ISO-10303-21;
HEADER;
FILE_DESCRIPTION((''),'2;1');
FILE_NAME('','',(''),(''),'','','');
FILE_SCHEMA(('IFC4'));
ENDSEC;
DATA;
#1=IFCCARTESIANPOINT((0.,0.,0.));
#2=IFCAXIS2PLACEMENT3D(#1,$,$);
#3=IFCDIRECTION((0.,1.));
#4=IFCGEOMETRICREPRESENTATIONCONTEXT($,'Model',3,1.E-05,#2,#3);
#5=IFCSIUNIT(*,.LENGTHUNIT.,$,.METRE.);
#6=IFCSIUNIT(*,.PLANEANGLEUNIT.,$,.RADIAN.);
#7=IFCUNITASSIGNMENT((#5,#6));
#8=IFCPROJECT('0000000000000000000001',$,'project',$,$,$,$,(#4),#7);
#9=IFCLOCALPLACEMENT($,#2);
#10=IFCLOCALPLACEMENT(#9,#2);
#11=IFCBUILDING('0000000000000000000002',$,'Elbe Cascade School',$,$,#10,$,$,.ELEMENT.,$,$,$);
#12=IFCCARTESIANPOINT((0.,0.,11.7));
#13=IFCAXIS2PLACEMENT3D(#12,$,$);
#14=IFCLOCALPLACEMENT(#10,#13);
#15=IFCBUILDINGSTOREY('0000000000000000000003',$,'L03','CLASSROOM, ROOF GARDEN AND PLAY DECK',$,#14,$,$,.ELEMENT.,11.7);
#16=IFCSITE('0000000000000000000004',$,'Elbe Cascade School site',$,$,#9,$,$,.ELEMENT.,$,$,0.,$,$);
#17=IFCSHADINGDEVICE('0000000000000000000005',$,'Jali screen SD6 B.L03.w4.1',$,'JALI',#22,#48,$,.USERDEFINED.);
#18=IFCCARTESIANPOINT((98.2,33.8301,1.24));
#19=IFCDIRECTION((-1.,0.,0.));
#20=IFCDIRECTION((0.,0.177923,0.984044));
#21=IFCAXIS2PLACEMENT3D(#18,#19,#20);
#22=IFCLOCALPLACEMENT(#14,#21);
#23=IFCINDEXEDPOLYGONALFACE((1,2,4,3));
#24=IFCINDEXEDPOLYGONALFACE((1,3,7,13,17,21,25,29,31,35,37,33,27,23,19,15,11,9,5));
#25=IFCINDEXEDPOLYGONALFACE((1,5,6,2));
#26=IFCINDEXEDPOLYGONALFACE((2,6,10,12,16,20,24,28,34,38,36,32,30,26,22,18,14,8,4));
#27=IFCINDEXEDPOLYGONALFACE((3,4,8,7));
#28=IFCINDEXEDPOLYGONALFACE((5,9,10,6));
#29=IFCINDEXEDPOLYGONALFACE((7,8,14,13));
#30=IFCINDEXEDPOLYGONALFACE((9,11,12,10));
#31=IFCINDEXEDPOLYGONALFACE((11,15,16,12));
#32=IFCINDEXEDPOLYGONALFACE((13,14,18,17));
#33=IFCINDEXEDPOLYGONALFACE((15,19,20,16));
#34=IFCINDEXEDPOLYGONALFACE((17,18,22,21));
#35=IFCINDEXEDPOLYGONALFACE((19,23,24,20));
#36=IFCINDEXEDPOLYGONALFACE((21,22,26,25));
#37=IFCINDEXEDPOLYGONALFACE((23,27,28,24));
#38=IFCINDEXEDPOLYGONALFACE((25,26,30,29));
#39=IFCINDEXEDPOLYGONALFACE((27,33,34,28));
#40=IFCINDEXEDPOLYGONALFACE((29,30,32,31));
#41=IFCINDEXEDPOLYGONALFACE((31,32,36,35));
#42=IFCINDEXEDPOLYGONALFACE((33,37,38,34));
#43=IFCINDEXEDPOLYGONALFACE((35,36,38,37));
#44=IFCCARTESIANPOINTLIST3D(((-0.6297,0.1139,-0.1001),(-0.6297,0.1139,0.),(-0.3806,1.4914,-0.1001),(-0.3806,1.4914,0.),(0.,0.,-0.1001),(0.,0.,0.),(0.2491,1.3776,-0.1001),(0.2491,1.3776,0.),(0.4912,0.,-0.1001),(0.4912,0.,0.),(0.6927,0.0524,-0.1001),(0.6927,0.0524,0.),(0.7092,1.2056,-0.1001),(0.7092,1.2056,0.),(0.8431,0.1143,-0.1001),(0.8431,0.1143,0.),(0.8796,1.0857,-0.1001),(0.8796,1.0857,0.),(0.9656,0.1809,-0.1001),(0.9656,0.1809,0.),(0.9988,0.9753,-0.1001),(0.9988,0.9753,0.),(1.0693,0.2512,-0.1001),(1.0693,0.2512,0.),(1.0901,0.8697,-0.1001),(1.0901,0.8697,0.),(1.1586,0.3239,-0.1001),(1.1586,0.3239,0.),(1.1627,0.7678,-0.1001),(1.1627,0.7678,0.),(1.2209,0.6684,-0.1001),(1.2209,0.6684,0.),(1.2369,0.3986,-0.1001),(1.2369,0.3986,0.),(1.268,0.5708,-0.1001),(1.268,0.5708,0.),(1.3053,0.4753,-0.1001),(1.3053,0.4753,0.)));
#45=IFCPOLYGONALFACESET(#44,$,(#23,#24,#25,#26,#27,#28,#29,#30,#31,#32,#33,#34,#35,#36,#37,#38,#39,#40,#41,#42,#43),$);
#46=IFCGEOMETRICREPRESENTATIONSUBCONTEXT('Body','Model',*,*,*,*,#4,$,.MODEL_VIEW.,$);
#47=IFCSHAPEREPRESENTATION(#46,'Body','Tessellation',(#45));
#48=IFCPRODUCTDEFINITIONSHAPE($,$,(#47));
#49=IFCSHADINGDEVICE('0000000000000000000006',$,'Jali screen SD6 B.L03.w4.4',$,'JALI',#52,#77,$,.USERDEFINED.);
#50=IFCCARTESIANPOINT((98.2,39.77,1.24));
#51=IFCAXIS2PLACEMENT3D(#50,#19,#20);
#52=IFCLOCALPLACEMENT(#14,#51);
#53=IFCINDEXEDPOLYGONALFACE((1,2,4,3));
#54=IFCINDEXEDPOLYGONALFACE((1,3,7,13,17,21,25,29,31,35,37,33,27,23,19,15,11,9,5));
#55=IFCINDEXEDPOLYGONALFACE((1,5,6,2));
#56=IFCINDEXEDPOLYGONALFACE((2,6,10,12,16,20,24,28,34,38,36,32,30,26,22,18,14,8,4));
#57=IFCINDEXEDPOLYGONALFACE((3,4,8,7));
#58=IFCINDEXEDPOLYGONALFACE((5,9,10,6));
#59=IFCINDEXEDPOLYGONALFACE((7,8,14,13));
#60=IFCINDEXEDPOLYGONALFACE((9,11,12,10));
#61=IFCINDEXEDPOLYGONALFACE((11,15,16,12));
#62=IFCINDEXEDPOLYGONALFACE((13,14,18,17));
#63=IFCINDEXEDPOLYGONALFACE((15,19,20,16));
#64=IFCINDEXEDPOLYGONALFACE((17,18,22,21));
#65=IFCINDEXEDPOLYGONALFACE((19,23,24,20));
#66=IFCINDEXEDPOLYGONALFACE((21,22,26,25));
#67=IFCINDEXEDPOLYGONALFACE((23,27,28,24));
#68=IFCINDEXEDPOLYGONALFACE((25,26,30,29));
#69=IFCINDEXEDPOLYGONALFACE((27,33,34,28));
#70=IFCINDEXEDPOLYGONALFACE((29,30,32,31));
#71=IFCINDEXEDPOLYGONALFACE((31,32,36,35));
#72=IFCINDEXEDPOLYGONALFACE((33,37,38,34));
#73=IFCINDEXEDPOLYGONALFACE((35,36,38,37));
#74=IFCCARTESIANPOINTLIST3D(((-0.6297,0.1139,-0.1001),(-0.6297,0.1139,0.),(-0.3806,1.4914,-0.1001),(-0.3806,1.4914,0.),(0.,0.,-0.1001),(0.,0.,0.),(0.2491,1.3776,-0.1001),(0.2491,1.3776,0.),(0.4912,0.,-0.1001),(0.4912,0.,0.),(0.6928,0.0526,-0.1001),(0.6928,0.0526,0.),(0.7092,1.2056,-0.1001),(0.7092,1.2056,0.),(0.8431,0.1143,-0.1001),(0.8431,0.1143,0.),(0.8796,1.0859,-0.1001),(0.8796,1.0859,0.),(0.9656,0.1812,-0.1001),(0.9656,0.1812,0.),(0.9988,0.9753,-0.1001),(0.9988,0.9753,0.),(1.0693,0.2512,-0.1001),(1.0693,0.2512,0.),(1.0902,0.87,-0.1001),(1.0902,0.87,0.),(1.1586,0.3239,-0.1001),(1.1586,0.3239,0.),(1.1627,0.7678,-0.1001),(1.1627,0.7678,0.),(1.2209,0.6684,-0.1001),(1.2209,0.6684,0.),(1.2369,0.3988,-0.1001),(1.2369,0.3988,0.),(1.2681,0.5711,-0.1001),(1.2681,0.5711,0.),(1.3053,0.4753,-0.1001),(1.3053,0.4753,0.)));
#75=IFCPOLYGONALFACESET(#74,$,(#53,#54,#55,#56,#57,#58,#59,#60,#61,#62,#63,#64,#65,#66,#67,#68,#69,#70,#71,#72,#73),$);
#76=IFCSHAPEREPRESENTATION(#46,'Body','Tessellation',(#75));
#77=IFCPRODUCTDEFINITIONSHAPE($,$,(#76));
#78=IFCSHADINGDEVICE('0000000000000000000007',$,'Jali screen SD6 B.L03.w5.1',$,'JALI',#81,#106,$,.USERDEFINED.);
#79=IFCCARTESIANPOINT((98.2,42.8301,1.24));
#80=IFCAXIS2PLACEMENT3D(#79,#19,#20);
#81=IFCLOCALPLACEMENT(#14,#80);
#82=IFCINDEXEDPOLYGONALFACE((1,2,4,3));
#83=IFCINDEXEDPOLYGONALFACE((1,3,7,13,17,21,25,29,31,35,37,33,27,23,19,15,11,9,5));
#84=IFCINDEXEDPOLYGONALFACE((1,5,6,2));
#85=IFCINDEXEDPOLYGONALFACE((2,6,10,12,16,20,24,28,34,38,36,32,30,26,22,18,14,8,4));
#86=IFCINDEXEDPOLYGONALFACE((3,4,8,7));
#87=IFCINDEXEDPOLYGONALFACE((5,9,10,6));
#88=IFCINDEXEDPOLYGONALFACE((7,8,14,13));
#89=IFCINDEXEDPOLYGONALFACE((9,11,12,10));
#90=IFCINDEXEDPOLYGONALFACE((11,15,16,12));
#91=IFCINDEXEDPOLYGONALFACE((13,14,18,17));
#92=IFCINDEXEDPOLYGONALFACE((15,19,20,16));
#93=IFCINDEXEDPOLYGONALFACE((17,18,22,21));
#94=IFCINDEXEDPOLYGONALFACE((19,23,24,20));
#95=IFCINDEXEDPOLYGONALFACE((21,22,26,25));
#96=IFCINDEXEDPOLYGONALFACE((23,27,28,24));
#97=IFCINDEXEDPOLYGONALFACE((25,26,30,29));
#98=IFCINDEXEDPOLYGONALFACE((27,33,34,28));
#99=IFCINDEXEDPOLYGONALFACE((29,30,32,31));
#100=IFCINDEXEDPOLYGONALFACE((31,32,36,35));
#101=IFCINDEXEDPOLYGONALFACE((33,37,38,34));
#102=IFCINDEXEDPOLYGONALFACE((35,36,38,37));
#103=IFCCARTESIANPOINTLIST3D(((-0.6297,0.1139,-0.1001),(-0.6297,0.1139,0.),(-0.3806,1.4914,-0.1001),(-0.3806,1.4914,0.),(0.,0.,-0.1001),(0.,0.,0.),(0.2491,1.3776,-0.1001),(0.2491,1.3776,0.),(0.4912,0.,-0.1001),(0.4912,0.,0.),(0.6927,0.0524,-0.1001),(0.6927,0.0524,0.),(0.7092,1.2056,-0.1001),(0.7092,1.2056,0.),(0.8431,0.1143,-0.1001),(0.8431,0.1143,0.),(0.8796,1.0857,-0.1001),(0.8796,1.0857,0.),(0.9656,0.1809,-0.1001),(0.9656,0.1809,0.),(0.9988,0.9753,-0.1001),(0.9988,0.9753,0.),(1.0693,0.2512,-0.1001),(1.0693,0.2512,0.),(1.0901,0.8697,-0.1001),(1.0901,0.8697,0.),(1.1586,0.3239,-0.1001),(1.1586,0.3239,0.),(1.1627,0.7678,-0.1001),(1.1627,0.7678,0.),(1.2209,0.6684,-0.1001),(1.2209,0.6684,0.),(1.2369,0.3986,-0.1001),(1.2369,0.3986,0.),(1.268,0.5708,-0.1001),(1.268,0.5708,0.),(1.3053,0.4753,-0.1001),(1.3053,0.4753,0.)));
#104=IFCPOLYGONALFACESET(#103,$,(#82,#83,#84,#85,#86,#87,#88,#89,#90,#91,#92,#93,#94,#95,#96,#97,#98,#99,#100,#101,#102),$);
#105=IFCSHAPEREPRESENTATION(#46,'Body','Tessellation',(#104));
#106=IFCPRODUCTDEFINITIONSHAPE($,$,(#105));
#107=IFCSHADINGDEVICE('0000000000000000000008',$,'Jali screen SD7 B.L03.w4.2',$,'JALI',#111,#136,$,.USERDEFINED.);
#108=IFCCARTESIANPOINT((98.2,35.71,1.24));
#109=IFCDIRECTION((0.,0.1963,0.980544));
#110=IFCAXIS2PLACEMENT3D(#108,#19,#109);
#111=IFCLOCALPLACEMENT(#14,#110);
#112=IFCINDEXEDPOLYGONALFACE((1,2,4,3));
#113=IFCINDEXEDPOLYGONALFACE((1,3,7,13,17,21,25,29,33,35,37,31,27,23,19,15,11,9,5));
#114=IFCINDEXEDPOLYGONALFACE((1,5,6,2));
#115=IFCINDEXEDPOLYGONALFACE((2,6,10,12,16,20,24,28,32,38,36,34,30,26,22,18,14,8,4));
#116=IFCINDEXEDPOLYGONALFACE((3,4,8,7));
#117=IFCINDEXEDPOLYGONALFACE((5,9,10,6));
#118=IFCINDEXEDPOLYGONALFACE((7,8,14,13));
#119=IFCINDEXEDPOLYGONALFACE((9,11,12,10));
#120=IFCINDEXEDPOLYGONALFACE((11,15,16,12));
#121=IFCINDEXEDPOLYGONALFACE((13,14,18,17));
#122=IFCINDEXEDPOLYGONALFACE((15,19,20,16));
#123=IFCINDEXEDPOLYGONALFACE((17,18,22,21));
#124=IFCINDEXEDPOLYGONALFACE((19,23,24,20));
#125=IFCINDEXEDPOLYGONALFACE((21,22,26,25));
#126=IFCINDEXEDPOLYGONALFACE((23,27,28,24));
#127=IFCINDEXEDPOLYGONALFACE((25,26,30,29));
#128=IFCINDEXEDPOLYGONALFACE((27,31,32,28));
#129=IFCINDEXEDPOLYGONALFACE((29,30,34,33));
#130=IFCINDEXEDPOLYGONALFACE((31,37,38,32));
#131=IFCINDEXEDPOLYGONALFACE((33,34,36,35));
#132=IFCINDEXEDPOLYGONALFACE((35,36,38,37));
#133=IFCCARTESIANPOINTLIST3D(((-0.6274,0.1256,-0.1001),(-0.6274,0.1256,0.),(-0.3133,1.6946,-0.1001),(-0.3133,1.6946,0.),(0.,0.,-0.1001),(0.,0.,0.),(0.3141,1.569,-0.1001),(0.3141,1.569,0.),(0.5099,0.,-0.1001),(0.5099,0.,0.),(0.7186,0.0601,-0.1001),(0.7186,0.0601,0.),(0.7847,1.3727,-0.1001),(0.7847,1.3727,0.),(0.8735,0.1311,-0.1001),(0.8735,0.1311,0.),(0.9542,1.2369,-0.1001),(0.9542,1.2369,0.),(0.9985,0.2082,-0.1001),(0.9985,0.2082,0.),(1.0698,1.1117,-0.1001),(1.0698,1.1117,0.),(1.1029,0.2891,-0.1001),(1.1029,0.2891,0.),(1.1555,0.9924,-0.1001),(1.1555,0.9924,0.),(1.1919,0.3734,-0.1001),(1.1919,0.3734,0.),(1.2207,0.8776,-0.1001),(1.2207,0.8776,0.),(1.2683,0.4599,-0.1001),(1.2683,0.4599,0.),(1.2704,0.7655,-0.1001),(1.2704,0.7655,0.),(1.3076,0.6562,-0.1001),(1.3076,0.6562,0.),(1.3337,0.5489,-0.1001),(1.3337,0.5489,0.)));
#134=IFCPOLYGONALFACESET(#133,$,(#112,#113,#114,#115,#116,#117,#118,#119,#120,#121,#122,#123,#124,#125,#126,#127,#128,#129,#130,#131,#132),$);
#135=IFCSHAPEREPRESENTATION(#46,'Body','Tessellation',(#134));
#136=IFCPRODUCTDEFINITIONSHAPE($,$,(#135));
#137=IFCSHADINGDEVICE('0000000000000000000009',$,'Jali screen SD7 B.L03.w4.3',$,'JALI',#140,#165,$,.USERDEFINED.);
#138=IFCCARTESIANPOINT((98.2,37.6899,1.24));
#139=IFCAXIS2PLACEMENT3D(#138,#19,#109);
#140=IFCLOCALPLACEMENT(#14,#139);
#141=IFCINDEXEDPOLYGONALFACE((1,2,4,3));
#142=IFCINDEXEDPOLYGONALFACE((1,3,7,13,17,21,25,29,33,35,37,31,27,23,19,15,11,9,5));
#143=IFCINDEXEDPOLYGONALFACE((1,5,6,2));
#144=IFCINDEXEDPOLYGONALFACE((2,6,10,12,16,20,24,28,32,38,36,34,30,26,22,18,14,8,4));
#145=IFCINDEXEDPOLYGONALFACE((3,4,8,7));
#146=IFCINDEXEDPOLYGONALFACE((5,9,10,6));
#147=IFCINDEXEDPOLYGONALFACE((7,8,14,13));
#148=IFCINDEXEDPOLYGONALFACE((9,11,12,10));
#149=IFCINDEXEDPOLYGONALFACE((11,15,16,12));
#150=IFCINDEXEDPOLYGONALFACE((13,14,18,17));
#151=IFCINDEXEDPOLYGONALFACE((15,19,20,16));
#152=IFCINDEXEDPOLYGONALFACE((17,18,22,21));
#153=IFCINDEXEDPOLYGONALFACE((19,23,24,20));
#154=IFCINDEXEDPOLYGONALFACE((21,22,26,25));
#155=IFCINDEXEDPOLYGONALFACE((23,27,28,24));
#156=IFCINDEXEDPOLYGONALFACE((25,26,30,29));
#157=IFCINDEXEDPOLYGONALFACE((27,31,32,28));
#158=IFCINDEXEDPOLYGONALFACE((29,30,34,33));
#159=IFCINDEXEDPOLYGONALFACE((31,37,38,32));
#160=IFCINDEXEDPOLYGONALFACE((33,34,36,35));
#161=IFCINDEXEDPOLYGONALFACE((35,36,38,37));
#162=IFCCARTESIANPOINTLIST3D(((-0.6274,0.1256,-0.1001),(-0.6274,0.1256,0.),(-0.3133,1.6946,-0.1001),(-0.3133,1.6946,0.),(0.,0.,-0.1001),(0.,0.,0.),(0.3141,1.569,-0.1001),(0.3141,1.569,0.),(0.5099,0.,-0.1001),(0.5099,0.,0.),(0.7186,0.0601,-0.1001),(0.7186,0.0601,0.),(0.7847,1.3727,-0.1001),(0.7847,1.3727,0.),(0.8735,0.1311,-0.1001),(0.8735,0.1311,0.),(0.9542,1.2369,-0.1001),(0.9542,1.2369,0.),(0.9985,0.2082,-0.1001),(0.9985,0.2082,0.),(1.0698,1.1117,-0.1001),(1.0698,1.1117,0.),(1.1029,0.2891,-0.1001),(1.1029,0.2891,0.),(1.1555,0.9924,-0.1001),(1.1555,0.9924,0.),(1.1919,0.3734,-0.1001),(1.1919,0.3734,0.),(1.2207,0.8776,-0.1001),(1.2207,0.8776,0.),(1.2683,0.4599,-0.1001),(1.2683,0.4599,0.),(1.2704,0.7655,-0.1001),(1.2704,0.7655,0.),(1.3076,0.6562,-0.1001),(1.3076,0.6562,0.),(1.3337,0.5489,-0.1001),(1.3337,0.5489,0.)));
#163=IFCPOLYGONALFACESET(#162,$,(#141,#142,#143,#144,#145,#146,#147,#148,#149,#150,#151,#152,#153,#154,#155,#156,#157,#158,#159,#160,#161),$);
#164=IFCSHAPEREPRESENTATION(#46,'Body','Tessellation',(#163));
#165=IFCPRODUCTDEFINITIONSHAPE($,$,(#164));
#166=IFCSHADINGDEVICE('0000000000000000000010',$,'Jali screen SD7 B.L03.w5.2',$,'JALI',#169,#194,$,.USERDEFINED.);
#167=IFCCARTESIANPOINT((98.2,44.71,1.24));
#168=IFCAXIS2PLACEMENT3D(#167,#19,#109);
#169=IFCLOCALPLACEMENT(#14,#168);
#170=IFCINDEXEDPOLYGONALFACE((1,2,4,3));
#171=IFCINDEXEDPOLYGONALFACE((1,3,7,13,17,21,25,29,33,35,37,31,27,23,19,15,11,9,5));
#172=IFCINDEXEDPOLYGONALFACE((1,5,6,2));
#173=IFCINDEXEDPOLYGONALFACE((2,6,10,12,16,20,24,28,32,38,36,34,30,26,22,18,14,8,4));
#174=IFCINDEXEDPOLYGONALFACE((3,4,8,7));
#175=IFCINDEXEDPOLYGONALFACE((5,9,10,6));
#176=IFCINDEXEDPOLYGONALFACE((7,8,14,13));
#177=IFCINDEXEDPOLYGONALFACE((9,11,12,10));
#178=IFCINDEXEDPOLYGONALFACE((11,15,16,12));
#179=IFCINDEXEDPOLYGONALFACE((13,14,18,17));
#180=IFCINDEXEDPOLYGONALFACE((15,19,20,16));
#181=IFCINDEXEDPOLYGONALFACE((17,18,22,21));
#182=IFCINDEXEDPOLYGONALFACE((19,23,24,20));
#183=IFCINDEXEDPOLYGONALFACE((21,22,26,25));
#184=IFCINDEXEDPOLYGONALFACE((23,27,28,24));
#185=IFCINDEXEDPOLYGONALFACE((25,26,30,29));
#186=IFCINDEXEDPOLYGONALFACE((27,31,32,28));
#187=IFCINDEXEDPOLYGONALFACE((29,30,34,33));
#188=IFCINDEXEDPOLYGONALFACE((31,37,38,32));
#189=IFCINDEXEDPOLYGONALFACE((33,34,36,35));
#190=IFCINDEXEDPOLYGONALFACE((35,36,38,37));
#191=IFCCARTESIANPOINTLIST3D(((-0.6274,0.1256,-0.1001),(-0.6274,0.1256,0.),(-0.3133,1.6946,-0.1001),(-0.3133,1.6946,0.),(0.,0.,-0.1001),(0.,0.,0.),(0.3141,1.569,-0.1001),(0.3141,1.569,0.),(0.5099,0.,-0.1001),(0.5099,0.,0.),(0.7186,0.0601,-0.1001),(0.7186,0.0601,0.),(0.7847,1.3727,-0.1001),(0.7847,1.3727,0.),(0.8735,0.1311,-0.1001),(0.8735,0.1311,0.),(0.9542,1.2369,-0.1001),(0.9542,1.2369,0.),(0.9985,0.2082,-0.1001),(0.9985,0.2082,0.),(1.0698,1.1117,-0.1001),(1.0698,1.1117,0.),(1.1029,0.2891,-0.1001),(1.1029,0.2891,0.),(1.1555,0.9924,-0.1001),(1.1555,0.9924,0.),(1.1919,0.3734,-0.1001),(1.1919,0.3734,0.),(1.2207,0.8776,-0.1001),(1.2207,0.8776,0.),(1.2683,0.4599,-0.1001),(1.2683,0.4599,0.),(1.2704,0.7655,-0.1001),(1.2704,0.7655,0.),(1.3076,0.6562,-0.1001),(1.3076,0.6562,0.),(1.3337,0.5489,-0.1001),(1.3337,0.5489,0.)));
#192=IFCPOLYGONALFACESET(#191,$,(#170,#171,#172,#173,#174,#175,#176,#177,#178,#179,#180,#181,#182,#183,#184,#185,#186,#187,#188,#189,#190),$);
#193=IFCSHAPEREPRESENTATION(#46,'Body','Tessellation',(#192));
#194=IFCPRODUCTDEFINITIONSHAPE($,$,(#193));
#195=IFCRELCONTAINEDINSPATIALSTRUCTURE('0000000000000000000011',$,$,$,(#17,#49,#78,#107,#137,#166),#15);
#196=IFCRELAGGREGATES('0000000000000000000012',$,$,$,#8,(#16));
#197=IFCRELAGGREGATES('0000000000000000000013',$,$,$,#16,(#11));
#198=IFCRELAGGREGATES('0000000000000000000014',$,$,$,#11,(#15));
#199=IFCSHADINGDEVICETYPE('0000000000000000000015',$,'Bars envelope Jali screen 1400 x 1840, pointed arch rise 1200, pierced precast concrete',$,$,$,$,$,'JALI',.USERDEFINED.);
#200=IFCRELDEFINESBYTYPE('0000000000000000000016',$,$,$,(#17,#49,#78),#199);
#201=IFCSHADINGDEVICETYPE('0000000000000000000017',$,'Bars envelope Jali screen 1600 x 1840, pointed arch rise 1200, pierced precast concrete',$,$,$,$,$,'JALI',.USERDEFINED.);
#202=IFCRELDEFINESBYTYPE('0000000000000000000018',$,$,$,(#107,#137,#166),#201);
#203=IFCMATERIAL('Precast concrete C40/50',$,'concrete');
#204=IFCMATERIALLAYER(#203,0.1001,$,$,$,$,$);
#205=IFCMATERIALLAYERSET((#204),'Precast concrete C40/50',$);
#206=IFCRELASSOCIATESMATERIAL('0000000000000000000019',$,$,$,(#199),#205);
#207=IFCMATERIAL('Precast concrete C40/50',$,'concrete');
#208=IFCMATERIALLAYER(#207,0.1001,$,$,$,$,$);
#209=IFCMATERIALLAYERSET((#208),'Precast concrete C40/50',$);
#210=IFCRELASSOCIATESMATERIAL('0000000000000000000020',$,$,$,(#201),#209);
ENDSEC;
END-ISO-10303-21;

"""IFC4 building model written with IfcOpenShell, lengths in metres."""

from ifc_helpers import new_model, si_unit, direction, frame, origin, place, context, subcontext, project, spatial, polyline, outline, extrude, material, layer, layer_set, type_object, element, save


model = new_model("IFC4")

# Units and contexts
model_context = context("Model", 3, precision=1e-05, world=origin(), true_north=direction((0.0, 1.0)))
body_context = subcontext(model_context, "Body", "Model", "MODEL_VIEW")
ifc_project = project(units=[si_unit("LENGTHUNIT", "METRE"), si_unit("PLANEANGLEUNIT", "RADIAN")], contexts=[model_context])

# Site, building, storey
site_placement = place(None, origin())
site = spatial("IfcSite", under=ifc_project, at=site_placement, Name="Elbe Cascade School site", CompositionType="ELEMENT", RefElevation=0.0)
building_placement = place(site_placement, origin())
building = spatial("IfcBuilding", under=site, at=building_placement, Name="Elbe Cascade School", CompositionType="ELEMENT")
storey_placement = place(building_placement, frame((0.0, 0.0, 11.7)))
storey = spatial("IfcBuildingStorey", under=building, at=storey_placement, Name="L03", Description="CLASSROOM, ROOF GARDEN AND PLAY DECK", CompositionType="ELEMENT", Elevation=11.7)

# Shading devices
ifc_material_1 = material(Name="Precast concrete C40/50", Category="concrete")
ifc_layer_1 = layer(ifc_material_1, 0.1001)
ifc_layer_set_1 = layer_set([ifc_layer_1], Name="Precast concrete C40/50")
shading_device_type_1 = type_object("IfcShadingDeviceType", Name="Bars envelope Jali screen 1400 x 1840, pointed arch rise 1200, pierced precast concrete", ElementType="JALI", PredefinedType="USERDEFINED", material=ifc_layer_set_1)
shading_device_1_placement = place(storey_placement, frame((98.2, 33.8301, 1.24), z_axis=(-1.0, 0.0, 0.0), x_axis=(0.0, 0.177923, 0.984044)))
element("IfcShadingDevice", 1, at=shading_device_1_placement, inside=storey, type_object=shading_device_type_1, Name="Jali screen SD6 B.L03.w4.1", ObjectType="JALI", PredefinedType="USERDEFINED", context=body_context, shape_type="SweptSolid", body=[
    extrude(outline(polyline([(0.0, 0.0), (0.4912, 0.0), (0.6927, 0.0524), (0.8431, 0.1143), (0.9656, 0.1809), (1.0693, 0.2512), (1.1586, 0.3239), (1.2369, 0.3986), (1.3053, 0.4753), (1.268, 0.5708), (1.2209, 0.6684), (1.1627, 0.7678), (1.0901, 0.8697), (0.9988, 0.9753), (0.8796, 1.0857), (0.7092, 1.2056), (0.2491, 1.3776), (-0.3806, 1.4914), (-0.6297, 0.1139), (0.0, 0.0)])), origin(), (0.0, 0.0, -1.0), 0.1001),
])
shading_device_2_placement = place(storey_placement, frame((98.2, 39.77, 1.24), z_axis=(-1.0, 0.0, 0.0), x_axis=(0.0, 0.177923, 0.984044)))
element("IfcShadingDevice", 2, at=shading_device_2_placement, inside=storey, type_object=shading_device_type_1, Name="Jali screen SD6 B.L03.w4.4", ObjectType="JALI", PredefinedType="USERDEFINED", context=body_context, shape_type="SweptSolid", body=[
    extrude(outline(polyline([(0.0, 0.0), (0.4912, 0.0), (0.6928, 0.0526), (0.8431, 0.1143), (0.9656, 0.1812), (1.0693, 0.2512), (1.1586, 0.3239), (1.2369, 0.3988), (1.3053, 0.4753), (1.2681, 0.5711), (1.2209, 0.6684), (1.1627, 0.7678), (1.0902, 0.87), (0.9988, 0.9753), (0.8796, 1.0859), (0.7092, 1.2056), (0.2491, 1.3776), (-0.3806, 1.4914), (-0.6297, 0.1139), (0.0, 0.0)])), origin(), (0.0, 0.0, -1.0), 0.1001),
])
shading_device_3_placement = place(storey_placement, frame((98.2, 42.8301, 1.24), z_axis=(-1.0, 0.0, 0.0), x_axis=(0.0, 0.177923, 0.984044)))
element("IfcShadingDevice", 3, at=shading_device_3_placement, inside=storey, type_object=shading_device_type_1, Name="Jali screen SD6 B.L03.w5.1", ObjectType="JALI", PredefinedType="USERDEFINED", context=body_context, shape_type="SweptSolid", body=[
    extrude(outline(polyline([(0.0, 0.0), (0.4912, 0.0), (0.6927, 0.0524), (0.8431, 0.1143), (0.9656, 0.1809), (1.0693, 0.2512), (1.1586, 0.3239), (1.2369, 0.3986), (1.3053, 0.4753), (1.268, 0.5708), (1.2209, 0.6684), (1.1627, 0.7678), (1.0901, 0.8697), (0.9988, 0.9753), (0.8796, 1.0857), (0.7092, 1.2056), (0.2491, 1.3776), (-0.3806, 1.4914), (-0.6297, 0.1139), (0.0, 0.0)])), origin(), (0.0, 0.0, -1.0), 0.1001),
])
ifc_material_2 = material(Name="Precast concrete C40/50", Category="concrete")
ifc_layer_2 = layer(ifc_material_2, 0.1001)
ifc_layer_set_2 = layer_set([ifc_layer_2], Name="Precast concrete C40/50")
shading_device_type_2 = type_object("IfcShadingDeviceType", Name="Bars envelope Jali screen 1600 x 1840, pointed arch rise 1200, pierced precast concrete", ElementType="JALI", PredefinedType="USERDEFINED", material=ifc_layer_set_2)
for number, where, z_axis, x_axis, name in (
    (4, (98.2, 35.71, 1.24), (-1.0, 0.0, 0.0), (0.0, 0.1963, 0.980544), "Jali screen SD7 B.L03.w4.2"),
    (5, (98.2, 37.6899, 1.24), (-1.0, 0.0, 0.0), (0.0, 0.1963, 0.980544), "Jali screen SD7 B.L03.w4.3"),
    (6, (98.2, 44.71, 1.24), (-1.0, 0.0, 0.0), (0.0, 0.1963, 0.980544), "Jali screen SD7 B.L03.w5.2"),
):
    element("IfcShadingDevice", number, at=place(storey_placement, frame(where, z_axis=z_axis, x_axis=x_axis)), inside=storey, type_object=shading_device_type_2, Name=name, ObjectType="JALI", PredefinedType="USERDEFINED", context=body_context, shape_type="SweptSolid", body=[
        extrude(outline(polyline([(0.0, 0.0), (0.5099, 0.0), (0.7186, 0.0601), (0.8735, 0.1311), (0.9985, 0.2082), (1.1029, 0.2891), (1.1919, 0.3734), (1.2683, 0.4599), (1.3337, 0.5489), (1.3076, 0.6562), (1.2704, 0.7655), (1.2207, 0.8776), (1.1555, 0.9924), (1.0698, 1.1117), (0.9542, 1.2369), (0.7847, 1.3727), (0.3141, 1.569), (-0.3133, 1.6946), (-0.6274, 0.1256), (0.0, 0.0)])), origin(), (0.0, 0.0, -1.0), 0.1001),
    ])

save(model, "model.ifc")
